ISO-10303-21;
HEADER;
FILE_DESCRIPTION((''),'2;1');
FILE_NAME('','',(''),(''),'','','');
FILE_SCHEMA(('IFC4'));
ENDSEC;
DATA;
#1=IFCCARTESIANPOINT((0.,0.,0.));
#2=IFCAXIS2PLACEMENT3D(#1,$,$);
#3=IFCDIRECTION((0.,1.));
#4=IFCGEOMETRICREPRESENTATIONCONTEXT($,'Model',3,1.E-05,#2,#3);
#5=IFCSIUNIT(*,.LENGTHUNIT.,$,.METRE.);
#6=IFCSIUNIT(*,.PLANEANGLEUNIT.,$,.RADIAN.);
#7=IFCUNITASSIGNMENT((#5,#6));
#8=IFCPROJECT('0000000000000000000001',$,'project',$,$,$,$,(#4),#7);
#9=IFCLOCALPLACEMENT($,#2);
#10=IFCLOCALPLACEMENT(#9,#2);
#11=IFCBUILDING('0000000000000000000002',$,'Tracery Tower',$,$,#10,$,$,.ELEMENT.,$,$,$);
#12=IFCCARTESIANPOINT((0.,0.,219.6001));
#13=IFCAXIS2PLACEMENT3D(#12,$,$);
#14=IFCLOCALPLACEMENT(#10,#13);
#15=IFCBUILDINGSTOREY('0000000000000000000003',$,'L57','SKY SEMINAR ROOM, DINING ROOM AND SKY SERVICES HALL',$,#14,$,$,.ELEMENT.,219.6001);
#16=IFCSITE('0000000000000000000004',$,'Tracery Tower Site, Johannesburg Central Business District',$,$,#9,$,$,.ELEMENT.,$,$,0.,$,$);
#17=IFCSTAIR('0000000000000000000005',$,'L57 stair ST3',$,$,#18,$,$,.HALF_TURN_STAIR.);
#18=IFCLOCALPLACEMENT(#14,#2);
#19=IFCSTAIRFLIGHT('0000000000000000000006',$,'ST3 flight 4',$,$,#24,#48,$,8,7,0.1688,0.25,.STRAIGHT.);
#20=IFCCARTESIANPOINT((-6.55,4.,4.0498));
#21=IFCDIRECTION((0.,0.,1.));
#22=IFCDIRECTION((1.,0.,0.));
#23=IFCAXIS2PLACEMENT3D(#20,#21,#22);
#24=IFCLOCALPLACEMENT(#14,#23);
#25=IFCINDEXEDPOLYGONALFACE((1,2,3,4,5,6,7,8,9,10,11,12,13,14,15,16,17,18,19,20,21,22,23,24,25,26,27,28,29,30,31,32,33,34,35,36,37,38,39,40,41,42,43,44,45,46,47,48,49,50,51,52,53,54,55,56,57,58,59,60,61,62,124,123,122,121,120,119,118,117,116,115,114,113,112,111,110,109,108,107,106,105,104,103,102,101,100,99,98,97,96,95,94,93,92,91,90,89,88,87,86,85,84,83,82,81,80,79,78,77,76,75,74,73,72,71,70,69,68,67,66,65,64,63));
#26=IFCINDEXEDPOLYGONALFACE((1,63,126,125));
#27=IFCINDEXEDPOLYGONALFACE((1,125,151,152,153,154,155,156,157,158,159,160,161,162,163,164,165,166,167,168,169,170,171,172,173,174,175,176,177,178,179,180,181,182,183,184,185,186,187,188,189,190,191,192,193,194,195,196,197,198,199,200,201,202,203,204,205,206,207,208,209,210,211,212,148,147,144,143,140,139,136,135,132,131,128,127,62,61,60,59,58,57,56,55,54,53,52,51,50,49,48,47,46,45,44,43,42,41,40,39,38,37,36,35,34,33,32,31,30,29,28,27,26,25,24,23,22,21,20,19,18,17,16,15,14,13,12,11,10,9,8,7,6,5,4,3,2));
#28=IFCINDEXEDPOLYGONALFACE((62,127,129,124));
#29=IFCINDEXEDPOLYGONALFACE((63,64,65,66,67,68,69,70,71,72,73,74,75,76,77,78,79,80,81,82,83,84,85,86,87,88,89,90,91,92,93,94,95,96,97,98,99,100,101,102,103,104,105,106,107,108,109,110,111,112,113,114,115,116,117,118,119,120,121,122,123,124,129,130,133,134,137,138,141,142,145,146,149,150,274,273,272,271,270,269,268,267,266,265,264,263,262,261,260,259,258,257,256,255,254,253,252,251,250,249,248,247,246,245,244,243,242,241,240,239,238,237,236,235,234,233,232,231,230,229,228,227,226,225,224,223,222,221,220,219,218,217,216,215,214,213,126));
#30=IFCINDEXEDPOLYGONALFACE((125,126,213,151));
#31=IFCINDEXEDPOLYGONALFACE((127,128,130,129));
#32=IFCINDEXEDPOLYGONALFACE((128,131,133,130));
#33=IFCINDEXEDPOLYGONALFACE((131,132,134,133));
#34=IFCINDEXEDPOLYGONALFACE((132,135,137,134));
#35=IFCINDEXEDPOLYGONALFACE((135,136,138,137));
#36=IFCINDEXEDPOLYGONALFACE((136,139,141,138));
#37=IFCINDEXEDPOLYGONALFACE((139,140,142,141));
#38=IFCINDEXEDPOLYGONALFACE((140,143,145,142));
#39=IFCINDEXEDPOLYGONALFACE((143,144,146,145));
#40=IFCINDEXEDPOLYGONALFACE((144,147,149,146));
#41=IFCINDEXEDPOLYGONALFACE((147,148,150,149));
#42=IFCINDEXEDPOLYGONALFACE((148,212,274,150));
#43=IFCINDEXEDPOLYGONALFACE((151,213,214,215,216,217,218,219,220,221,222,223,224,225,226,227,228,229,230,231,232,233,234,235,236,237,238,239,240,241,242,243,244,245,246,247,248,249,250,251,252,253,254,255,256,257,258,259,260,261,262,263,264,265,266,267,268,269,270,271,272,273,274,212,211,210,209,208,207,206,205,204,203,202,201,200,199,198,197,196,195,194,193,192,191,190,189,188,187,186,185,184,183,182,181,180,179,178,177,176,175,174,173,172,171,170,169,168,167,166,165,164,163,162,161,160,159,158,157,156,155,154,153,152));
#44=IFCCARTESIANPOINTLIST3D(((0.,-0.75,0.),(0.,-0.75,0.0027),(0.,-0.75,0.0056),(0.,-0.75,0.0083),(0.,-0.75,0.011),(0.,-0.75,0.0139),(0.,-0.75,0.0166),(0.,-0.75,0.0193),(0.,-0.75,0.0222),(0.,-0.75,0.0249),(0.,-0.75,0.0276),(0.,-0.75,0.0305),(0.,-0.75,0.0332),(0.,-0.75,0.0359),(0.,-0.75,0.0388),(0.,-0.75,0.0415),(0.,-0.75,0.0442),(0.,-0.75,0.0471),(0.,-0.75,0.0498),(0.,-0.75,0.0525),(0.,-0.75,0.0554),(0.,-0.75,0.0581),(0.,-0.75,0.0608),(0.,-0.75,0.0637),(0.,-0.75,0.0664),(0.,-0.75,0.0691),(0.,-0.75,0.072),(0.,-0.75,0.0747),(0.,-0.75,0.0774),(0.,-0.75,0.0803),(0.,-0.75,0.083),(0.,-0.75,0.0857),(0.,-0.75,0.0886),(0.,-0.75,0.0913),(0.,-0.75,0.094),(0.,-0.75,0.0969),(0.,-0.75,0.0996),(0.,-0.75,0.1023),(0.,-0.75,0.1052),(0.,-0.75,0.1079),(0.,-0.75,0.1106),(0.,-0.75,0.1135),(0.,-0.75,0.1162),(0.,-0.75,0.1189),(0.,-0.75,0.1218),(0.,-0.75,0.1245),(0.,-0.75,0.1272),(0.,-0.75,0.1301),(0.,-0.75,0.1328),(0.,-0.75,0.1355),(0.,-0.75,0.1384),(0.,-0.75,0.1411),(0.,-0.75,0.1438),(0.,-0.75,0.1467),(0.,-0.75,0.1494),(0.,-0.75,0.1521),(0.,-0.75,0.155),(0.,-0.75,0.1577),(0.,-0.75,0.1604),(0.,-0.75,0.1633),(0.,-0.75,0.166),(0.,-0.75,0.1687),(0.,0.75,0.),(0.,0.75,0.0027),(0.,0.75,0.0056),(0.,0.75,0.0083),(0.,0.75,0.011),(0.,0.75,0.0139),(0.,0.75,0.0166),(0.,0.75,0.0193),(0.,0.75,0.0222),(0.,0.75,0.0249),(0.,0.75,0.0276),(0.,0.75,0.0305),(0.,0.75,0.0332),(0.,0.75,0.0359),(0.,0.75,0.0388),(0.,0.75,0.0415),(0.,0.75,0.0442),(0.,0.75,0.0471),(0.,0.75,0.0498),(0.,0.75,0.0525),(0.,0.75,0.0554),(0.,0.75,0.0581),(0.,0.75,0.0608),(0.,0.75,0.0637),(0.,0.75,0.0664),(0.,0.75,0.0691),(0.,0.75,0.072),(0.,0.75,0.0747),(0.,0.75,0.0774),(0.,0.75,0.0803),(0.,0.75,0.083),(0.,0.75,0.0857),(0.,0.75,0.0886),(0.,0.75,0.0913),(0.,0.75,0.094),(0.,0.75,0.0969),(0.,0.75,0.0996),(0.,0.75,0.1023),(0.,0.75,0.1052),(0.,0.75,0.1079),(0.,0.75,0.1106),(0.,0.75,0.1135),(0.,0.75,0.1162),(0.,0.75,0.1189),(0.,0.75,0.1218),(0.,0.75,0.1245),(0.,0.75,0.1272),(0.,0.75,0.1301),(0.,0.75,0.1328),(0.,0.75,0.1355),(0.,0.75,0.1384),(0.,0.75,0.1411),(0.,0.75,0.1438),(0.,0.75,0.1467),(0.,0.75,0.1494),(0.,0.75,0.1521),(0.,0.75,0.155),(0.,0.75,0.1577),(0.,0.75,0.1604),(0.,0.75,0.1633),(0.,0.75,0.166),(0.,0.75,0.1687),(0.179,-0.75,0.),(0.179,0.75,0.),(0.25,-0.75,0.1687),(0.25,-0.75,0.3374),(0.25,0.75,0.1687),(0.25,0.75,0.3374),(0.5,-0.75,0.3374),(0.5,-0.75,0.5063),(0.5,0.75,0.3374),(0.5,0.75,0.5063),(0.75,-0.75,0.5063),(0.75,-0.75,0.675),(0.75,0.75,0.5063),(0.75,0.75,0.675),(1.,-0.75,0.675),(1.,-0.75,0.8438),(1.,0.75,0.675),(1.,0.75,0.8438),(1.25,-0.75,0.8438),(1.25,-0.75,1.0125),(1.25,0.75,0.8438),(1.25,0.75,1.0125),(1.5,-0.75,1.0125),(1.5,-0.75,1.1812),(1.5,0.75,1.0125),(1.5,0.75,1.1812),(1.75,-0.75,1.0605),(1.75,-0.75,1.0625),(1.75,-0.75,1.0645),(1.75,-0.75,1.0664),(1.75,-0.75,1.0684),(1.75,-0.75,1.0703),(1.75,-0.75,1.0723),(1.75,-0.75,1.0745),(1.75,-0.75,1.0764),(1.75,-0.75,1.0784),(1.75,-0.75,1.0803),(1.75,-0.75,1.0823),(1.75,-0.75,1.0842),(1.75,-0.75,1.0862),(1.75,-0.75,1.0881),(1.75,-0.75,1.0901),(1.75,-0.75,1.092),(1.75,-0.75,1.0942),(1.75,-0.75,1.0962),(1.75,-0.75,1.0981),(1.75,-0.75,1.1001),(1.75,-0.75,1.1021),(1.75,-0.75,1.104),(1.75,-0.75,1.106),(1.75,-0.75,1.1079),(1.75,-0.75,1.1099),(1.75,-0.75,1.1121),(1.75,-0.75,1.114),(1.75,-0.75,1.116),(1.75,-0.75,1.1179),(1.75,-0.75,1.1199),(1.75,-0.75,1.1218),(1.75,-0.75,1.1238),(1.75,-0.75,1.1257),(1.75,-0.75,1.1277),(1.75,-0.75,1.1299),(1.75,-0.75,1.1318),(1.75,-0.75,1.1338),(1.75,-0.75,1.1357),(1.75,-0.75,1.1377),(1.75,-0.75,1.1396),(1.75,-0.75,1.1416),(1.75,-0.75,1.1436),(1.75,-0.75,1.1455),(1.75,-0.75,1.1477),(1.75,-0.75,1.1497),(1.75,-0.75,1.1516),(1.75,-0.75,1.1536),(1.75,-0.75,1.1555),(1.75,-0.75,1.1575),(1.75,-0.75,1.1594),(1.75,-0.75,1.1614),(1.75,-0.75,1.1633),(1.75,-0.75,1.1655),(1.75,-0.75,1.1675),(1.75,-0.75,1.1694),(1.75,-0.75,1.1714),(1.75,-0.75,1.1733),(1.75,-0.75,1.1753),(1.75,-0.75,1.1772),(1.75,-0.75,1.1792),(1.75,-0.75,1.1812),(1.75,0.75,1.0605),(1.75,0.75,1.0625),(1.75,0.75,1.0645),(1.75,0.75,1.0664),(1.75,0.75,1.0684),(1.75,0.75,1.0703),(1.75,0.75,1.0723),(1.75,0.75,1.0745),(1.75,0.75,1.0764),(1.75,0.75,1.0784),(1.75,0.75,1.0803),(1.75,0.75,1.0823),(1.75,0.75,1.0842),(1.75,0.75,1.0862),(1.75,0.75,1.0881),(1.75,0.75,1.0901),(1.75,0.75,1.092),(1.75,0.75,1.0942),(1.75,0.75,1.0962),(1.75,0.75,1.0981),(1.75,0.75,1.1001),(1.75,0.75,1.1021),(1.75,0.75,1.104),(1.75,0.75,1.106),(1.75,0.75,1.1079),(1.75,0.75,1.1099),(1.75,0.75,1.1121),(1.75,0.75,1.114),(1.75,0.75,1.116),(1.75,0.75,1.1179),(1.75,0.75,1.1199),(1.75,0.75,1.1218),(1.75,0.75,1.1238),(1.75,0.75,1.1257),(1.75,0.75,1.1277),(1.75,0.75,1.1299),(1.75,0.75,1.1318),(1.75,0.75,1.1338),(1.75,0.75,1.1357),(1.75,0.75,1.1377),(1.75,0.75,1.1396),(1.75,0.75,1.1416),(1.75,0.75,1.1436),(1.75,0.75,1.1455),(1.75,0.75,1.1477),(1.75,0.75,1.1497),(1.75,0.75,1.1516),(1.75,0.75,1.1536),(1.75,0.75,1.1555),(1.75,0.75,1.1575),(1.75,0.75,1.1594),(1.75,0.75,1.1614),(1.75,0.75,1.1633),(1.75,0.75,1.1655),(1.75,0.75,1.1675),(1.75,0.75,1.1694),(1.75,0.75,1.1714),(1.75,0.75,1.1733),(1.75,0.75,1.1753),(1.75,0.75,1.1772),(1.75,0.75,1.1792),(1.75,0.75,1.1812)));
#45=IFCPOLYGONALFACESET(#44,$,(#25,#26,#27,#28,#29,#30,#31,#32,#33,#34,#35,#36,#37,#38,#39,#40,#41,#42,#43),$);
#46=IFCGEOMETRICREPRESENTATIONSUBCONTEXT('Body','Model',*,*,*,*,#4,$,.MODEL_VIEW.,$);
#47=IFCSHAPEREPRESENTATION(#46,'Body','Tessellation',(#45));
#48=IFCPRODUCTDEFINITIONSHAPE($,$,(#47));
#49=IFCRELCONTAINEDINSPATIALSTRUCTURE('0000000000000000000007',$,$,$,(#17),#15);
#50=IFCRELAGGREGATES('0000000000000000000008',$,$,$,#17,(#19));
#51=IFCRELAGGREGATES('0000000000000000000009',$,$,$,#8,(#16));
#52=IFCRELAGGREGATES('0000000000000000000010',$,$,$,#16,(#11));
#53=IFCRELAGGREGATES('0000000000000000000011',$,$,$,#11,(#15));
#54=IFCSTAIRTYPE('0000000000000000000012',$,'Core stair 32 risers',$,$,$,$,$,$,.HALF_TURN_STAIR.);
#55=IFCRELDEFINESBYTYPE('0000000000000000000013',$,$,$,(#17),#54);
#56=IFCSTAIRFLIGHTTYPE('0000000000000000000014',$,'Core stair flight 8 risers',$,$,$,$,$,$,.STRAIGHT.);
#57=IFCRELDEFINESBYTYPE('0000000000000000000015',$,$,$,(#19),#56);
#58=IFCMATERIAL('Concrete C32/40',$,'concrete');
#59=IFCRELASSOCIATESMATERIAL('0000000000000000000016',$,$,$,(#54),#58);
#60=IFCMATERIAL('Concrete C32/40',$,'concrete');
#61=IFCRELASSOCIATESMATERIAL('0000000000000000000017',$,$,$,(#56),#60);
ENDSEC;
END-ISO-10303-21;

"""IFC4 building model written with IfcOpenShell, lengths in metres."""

from ifc_helpers import new_model, si_unit, direction, frame, origin, place, context, subcontext, project, spatial, polyline, outline, extrude, material, type_object, element, aggregate, save


model = new_model("IFC4")

# Units and contexts
model_context = context("Model", 3, precision=1e-05, world=origin(), true_north=direction((0.0, 1.0)))
body_context = subcontext(model_context, "Body", "Model", "MODEL_VIEW")
ifc_project = project(units=[si_unit("LENGTHUNIT", "METRE"), si_unit("PLANEANGLEUNIT", "RADIAN")], contexts=[model_context])

# Site, building, storey
site_placement = place(None, origin())
site = spatial("IfcSite", under=ifc_project, at=site_placement, Name="Tracery Tower Site, Johannesburg Central Business District", CompositionType="ELEMENT", RefElevation=0.0)
building_placement = place(site_placement, origin())
building = spatial("IfcBuilding", under=site, at=building_placement, Name="Tracery Tower", CompositionType="ELEMENT")
storey_placement = place(building_placement, frame((0.0, 0.0, 219.6001)))
storey = spatial("IfcBuildingStorey", under=building, at=storey_placement, Name="L57", Description="SKY SEMINAR ROOM, DINING ROOM AND SKY SERVICES HALL", CompositionType="ELEMENT", Elevation=219.6001)

# Stair, stair flight
ifc_material_1 = material(Name="Concrete C32/40", Category="concrete")
stair_type = type_object("IfcStairType", Name="Core stair 32 risers", PredefinedType="HALF_TURN_STAIR", material=ifc_material_1)
stair_placement = place(storey_placement, origin())
stair = element("IfcStair", 1, at=stair_placement, inside=storey, type_object=stair_type, Name="L57 stair ST3", PredefinedType="HALF_TURN_STAIR")
ifc_material_2 = material(Name="Concrete C32/40", Category="concrete")
stair_flight_type = type_object("IfcStairFlightType", Name="Core stair flight 8 risers", PredefinedType="STRAIGHT", material=ifc_material_2)
stair_flight_1_placement = place(storey_placement, frame((-6.55, 4.0, 4.0498), z_axis=(0.0, 0.0, 1.0), x_axis=(1.0, 0.0, 0.0)))
stair_flight_1 = element("IfcStairFlight", 2, at=stair_flight_1_placement, type_object=stair_flight_type, Name="ST3 flight 4", NumberOfRisers=8, NumberOfTreads=7, PredefinedType="STRAIGHT", RiserHeight=0.1688, TreadLength=0.25, context=body_context, shape_type="SweptSolid", body=[
    extrude(outline(polyline([(0.0, 0.0), (0.0, 0.0027), (0.0, 0.0056), (0.0, 0.0083), (0.0, 0.011), (0.0, 0.0139), (0.0, 0.0166), (0.0, 0.0193), (0.0, 0.0222), (0.0, 0.0249), (0.0, 0.0276), (0.0, 0.0305), (0.0, 0.0332), (0.0, 0.0359), (0.0, 0.0388), (0.0, 0.0415), (0.0, 0.0442), (0.0, 0.0471), (0.0, 0.0498), (0.0, 0.0525), (0.0, 0.0554), (0.0, 0.0581), (0.0, 0.0608), (0.0, 0.0637), (0.0, 0.0664), (0.0, 0.0691), (0.0, 0.072), (0.0, 0.0747), (0.0, 0.0774), (0.0, 0.0803), (0.0, 0.083), (0.0, 0.0857), (0.0, 0.0886), (0.0, 0.0913), (0.0, 0.094), (0.0, 0.0969), (0.0, 0.0996), (0.0, 0.1023), (0.0, 0.1052), (0.0, 0.1079), (0.0, 0.1106), (0.0, 0.1135), (0.0, 0.1162), (0.0, 0.1189), (0.0, 0.1218), (0.0, 0.1245), (0.0, 0.1272), (0.0, 0.1301), (0.0, 0.1328), (0.0, 0.1355), (0.0, 0.1384), (0.0, 0.1411), (0.0, 0.1438), (0.0, 0.1467), (0.0, 0.1494), (0.0, 0.1521), (0.0, 0.155), (0.0, 0.1577), (0.0, 0.1604), (0.0, 0.1633), (0.0, 0.166), (0.0, 0.1687), (0.25, 0.1687), (0.25, 0.3374), (0.5, 0.3374), (0.5, 0.5063), (0.75, 0.5063), (0.75, 0.675), (1.0, 0.675), (1.0, 0.8438), (1.25, 0.8438), (1.25, 1.0125), (1.5, 1.0125), (1.5, 1.1812), (1.75, 1.1812), (1.75, 1.1792), (1.75, 1.1772), (1.75, 1.1753), (1.75, 1.1733), (1.75, 1.1714), (1.75, 1.1694), (1.75, 1.1675), (1.75, 1.1655), (1.75, 1.1633), (1.75, 1.1614), (1.75, 1.1594), (1.75, 1.1575), (1.75, 1.1555), (1.75, 1.1536), (1.75, 1.1516), (1.75, 1.1497), (1.75, 1.1477), (1.75, 1.1455), (1.75, 1.1436), (1.75, 1.1416), (1.75, 1.1396), (1.75, 1.1377), (1.75, 1.1357), (1.75, 1.1338), (1.75, 1.1318), (1.75, 1.1299), (1.75, 1.1277), (1.75, 1.1257), (1.75, 1.1238), (1.75, 1.1218), (1.75, 1.1199), (1.75, 1.1179), (1.75, 1.116), (1.75, 1.114), (1.75, 1.1121), (1.75, 1.1099), (1.75, 1.1079), (1.75, 1.106), (1.75, 1.104), (1.75, 1.1021), (1.75, 1.1001), (1.75, 1.0981), (1.75, 1.0962), (1.75, 1.0942), (1.75, 1.092), (1.75, 1.0901), (1.75, 1.0881), (1.75, 1.0862), (1.75, 1.0842), (1.75, 1.0823), (1.75, 1.0803), (1.75, 1.0784), (1.75, 1.0764), (1.75, 1.0745), (1.75, 1.0723), (1.75, 1.0703), (1.75, 1.0684), (1.75, 1.0664), (1.75, 1.0645), (1.75, 1.0625), (1.75, 1.0605), (0.179, 0.0), (0.0, 0.0)])), frame((0.0, 0.75, 0.0), z_axis=(0.0, -1.0, 0.0), x_axis=(1.0, 0.0, 0.0)), (0.0, 0.0, 1.0), 1.5),
])
aggregate(stair, [stair_flight_1])

save(model, "model.ifc")
